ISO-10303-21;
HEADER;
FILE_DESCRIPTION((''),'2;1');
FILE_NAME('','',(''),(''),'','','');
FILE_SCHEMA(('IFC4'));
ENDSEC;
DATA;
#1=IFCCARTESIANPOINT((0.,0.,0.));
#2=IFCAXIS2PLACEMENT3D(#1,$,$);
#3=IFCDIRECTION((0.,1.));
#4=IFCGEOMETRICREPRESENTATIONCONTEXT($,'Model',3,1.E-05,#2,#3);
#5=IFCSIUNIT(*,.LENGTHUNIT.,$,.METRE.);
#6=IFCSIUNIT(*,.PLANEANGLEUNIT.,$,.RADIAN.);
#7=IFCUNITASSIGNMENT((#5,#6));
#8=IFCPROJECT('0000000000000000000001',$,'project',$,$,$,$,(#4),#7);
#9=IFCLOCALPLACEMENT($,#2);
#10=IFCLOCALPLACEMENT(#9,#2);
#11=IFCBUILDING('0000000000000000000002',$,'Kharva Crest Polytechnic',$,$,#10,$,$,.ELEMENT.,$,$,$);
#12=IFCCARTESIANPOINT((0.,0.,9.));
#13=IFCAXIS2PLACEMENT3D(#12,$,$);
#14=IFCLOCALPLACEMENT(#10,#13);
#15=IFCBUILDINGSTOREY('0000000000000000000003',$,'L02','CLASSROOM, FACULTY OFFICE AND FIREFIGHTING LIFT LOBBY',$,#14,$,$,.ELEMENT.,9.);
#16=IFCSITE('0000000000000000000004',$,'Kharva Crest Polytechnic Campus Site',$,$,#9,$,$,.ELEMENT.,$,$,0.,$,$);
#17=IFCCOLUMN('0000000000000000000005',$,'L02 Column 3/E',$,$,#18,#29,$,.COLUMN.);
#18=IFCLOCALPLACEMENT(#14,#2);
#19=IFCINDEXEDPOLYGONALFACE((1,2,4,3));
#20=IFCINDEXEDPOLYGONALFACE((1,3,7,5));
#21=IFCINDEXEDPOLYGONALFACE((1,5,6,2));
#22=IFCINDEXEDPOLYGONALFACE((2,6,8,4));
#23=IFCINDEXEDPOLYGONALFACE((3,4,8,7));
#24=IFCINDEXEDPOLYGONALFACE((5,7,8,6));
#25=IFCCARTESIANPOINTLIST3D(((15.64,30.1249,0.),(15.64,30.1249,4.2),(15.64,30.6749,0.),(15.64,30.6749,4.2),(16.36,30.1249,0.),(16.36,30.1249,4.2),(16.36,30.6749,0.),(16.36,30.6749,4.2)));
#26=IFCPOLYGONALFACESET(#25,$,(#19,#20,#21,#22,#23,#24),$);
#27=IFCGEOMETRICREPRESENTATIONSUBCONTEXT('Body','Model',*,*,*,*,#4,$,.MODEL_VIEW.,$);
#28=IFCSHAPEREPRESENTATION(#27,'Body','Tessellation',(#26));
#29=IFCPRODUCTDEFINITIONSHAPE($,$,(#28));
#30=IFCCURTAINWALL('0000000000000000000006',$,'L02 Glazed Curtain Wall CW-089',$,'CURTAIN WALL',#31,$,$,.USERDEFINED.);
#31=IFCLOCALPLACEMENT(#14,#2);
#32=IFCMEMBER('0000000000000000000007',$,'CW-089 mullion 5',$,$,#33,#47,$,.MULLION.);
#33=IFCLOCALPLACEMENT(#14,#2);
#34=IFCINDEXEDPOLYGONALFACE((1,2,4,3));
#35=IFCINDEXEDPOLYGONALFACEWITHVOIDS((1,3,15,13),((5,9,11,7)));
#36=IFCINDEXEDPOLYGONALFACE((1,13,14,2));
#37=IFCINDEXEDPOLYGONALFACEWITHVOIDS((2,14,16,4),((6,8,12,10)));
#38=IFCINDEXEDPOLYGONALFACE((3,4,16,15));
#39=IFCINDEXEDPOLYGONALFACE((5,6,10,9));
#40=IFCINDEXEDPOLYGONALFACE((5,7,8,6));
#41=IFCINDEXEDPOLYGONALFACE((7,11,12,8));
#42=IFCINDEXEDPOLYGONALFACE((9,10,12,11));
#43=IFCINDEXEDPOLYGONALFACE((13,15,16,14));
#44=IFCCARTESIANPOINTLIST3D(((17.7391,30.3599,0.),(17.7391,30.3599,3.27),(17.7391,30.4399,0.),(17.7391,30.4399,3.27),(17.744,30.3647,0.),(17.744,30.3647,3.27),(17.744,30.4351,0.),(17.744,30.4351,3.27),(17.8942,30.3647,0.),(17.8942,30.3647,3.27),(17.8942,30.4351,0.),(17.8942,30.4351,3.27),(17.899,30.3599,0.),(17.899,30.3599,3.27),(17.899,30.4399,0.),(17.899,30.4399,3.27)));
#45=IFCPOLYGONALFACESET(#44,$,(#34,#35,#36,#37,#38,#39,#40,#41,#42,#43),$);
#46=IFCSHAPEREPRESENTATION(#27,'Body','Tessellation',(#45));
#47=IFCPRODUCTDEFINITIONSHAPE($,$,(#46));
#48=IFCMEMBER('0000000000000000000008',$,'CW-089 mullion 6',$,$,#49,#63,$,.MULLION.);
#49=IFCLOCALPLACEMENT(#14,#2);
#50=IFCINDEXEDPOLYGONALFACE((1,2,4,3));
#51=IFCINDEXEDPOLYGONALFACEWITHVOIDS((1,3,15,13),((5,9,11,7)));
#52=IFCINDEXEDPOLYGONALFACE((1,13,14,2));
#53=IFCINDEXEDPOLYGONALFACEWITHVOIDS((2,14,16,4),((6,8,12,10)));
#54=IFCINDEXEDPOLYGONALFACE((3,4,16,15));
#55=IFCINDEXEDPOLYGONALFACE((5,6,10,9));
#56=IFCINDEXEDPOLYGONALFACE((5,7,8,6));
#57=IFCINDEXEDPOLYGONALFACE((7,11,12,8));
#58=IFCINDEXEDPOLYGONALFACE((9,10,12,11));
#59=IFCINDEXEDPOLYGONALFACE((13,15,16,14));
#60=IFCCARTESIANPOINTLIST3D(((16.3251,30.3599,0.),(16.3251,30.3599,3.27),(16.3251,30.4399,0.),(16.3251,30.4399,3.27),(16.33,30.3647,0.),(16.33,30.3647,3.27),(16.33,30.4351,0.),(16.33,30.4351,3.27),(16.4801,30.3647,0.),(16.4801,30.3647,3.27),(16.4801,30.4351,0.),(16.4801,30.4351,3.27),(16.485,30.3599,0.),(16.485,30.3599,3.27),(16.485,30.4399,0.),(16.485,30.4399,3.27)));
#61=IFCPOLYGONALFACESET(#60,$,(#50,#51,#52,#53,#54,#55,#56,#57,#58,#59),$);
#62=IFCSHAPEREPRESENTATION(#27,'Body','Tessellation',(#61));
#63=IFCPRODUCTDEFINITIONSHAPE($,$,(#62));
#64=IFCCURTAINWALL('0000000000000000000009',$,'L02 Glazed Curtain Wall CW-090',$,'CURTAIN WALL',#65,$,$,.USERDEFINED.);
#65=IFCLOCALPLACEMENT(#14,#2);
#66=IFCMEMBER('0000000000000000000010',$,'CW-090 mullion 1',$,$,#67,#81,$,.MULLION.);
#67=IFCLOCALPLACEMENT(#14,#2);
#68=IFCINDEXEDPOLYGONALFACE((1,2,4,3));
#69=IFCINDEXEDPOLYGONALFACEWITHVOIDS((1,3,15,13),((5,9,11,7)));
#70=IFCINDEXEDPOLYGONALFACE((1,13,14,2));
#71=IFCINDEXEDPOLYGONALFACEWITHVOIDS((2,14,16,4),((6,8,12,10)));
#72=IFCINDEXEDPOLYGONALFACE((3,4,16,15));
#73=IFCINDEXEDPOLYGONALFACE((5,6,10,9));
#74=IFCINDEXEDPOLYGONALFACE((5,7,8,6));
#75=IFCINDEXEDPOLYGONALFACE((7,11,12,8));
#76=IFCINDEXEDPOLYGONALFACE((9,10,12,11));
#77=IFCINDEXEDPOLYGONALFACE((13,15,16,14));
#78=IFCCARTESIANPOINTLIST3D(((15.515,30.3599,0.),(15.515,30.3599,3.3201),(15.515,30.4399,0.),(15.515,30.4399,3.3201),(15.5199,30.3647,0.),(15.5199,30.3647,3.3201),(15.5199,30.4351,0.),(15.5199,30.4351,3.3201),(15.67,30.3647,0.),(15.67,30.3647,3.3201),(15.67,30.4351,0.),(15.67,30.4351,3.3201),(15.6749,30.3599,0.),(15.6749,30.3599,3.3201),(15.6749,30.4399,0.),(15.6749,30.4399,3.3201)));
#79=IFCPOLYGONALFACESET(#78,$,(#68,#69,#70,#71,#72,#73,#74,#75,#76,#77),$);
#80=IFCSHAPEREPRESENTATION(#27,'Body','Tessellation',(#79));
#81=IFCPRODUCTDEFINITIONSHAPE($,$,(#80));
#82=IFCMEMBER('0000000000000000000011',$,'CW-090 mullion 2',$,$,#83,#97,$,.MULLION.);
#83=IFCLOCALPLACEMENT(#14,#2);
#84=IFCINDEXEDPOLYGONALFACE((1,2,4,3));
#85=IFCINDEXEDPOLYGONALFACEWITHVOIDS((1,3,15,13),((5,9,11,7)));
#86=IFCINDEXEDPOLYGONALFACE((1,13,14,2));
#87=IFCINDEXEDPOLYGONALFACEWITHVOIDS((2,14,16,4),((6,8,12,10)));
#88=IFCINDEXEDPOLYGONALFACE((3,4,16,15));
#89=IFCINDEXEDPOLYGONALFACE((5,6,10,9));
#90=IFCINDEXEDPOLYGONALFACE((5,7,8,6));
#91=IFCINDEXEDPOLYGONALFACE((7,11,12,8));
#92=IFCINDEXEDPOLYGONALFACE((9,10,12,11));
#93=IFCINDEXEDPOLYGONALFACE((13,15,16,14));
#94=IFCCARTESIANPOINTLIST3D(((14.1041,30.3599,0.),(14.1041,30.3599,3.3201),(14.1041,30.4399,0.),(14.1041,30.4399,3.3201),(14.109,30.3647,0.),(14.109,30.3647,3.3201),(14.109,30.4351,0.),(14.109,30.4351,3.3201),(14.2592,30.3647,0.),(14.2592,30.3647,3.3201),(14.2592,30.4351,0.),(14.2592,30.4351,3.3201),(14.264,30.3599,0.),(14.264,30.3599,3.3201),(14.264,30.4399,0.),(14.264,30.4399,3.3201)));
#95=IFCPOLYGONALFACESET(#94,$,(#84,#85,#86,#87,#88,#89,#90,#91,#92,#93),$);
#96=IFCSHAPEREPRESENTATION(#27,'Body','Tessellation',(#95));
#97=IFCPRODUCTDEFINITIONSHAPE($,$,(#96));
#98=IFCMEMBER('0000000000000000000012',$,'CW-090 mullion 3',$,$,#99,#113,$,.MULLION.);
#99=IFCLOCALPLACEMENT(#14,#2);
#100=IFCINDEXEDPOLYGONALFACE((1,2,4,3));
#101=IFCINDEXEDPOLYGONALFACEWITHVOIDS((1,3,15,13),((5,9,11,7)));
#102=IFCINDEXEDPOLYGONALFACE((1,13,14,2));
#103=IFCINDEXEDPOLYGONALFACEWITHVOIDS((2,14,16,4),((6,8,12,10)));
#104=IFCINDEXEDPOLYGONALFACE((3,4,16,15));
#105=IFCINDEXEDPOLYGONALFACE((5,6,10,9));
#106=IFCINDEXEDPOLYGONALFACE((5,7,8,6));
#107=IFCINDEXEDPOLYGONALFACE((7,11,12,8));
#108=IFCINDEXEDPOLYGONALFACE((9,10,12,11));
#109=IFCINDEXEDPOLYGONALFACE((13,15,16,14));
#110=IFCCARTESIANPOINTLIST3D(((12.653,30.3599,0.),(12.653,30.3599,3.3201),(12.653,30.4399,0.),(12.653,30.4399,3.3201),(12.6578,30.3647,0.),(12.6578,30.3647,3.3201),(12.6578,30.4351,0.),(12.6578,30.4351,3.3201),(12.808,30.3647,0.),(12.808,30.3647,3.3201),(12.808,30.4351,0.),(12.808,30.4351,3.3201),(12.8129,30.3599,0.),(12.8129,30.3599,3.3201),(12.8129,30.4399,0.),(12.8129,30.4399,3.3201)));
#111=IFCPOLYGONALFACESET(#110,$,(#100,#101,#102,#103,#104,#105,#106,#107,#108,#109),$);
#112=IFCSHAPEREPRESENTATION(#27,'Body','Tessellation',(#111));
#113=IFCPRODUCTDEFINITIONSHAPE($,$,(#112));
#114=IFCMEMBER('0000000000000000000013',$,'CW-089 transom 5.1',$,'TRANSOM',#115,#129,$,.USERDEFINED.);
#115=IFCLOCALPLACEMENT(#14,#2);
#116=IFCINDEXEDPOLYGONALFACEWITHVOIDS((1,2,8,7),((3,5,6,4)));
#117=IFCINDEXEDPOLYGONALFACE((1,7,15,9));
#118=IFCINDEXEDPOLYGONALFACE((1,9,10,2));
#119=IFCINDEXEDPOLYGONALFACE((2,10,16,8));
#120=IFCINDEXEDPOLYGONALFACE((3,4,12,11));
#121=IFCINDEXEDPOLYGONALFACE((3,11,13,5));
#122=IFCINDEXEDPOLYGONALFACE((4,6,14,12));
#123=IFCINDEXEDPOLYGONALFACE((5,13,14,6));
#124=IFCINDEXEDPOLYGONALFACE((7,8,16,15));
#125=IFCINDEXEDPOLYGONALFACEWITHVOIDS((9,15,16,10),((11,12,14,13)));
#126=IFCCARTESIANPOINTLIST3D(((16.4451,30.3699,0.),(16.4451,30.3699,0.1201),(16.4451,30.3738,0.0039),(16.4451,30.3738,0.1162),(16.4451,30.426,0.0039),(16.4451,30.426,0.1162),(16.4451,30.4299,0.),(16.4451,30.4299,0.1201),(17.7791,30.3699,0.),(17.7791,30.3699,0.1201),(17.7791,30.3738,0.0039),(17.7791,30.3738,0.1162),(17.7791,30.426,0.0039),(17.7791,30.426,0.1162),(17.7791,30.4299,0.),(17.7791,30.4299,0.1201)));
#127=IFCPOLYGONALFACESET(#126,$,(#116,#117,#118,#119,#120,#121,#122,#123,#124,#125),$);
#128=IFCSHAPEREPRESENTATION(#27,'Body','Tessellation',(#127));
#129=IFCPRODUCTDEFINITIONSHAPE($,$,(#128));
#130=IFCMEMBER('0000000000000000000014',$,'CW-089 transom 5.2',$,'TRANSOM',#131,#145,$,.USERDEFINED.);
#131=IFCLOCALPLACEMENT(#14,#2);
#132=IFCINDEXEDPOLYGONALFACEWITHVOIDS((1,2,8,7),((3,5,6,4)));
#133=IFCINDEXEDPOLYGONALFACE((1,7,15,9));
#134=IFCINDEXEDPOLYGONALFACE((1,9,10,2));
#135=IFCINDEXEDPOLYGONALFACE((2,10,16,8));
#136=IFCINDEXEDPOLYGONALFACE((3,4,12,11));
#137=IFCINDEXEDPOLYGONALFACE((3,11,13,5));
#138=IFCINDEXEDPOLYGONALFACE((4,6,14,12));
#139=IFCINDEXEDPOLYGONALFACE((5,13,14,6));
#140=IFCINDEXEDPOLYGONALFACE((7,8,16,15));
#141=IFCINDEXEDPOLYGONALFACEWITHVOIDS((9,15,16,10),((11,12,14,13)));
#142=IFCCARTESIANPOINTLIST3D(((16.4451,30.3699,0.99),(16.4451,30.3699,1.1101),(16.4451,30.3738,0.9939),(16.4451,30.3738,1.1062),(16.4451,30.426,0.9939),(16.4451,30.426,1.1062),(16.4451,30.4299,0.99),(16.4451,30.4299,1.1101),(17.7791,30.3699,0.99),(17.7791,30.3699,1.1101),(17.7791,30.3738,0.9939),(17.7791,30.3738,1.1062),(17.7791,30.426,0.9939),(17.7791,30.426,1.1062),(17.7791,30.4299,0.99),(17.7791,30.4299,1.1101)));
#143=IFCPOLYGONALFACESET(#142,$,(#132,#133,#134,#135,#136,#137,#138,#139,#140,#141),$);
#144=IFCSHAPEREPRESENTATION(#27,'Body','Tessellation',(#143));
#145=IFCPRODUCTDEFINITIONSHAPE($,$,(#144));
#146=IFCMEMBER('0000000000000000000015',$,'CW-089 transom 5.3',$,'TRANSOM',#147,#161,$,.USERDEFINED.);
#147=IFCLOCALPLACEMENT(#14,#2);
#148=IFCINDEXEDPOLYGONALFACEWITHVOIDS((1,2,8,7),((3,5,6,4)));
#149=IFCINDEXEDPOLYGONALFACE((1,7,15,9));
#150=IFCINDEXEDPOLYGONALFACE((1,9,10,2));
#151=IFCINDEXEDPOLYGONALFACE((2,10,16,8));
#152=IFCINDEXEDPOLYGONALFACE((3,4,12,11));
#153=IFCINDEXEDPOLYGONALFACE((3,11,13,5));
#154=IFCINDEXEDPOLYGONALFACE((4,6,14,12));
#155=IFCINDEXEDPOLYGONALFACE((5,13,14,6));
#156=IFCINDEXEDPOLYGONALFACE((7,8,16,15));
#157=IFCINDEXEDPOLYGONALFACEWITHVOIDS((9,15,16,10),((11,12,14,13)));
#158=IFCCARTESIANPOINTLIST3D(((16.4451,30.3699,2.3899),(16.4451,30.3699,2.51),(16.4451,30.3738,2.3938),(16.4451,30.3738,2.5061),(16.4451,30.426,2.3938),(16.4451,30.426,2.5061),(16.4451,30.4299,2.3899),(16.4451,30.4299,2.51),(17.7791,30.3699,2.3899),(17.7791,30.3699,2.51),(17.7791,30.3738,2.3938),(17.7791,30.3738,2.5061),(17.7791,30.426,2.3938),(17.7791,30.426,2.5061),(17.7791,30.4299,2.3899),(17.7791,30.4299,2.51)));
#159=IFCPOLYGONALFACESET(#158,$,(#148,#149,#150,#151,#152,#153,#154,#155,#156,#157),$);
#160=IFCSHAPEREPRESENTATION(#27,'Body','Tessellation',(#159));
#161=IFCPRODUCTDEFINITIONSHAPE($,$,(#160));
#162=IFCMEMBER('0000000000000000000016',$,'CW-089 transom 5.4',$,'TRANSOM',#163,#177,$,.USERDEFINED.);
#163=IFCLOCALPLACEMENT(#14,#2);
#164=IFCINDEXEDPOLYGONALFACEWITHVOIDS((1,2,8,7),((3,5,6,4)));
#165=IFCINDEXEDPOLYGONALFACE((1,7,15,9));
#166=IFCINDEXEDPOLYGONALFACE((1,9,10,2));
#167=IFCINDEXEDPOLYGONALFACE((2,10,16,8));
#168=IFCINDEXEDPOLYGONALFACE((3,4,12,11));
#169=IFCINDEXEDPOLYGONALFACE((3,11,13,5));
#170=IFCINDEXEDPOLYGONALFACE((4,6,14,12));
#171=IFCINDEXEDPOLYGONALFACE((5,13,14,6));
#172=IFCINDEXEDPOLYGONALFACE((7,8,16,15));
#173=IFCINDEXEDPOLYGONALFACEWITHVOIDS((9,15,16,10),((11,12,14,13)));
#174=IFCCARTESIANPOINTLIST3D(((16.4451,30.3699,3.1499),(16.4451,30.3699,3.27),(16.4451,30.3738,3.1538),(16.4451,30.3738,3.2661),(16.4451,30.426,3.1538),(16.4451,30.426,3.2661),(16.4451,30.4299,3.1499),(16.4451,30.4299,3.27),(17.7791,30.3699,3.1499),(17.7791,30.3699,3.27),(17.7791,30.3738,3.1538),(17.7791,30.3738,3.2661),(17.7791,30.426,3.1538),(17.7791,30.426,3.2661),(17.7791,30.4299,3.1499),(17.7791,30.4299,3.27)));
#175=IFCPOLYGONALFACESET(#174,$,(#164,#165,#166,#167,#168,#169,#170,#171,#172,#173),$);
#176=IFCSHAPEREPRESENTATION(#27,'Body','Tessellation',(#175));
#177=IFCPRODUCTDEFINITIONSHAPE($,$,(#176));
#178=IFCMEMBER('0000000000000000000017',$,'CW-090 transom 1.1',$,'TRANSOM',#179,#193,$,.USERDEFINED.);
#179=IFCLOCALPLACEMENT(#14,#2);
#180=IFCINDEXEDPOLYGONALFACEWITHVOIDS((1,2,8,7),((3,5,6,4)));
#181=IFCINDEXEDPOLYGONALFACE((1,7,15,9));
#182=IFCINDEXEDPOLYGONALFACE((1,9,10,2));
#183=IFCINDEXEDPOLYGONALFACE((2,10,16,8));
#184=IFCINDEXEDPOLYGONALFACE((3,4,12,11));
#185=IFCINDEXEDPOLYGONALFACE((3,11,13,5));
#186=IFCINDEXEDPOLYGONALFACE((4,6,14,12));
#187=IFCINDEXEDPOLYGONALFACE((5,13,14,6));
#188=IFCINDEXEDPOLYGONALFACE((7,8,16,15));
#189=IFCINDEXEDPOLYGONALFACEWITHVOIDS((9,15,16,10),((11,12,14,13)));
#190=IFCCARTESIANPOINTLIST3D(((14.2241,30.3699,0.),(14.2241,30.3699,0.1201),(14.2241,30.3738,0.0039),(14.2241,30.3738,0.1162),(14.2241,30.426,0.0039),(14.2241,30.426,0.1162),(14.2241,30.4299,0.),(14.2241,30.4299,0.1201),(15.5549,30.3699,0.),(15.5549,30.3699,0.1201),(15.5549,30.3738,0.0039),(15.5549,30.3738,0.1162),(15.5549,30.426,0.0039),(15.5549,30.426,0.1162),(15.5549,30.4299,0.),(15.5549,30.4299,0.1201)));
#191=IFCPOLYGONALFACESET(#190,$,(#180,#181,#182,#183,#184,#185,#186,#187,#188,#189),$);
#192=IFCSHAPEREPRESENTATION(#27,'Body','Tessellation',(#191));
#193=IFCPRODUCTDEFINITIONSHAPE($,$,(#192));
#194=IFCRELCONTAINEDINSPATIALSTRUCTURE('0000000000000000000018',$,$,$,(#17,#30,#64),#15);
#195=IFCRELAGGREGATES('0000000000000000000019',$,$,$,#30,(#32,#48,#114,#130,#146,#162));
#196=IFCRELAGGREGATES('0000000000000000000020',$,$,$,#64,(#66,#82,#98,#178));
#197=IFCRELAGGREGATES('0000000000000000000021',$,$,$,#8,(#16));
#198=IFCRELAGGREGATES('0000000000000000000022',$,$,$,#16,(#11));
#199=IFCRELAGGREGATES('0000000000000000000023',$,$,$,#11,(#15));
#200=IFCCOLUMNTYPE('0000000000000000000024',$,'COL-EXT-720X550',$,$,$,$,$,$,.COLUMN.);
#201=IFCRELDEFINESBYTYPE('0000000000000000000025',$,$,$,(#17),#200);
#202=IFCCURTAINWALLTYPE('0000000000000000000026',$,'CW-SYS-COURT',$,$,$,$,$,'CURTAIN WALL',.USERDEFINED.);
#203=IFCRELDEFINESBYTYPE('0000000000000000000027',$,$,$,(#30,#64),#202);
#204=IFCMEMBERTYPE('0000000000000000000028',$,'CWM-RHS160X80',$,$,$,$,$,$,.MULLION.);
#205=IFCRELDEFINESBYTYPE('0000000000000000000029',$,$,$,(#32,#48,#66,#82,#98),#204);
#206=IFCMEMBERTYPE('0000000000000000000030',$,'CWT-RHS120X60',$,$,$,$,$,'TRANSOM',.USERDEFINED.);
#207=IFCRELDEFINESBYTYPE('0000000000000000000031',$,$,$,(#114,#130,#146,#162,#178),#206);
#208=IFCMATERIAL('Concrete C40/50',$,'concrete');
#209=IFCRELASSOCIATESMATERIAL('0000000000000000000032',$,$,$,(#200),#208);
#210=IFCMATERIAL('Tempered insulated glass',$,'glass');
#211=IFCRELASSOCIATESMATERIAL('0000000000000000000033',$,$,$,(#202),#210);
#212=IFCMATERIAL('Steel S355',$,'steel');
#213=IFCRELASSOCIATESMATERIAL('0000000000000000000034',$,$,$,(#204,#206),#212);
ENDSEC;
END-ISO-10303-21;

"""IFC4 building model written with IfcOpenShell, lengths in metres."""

from ifc_helpers import new_model, si_unit, direction, frame, origin, origin_2d, place, context, subcontext, project, spatial, rectangle, hollow_rectangle, extrude, material, material_profile, profile_set, type_object, element, aggregate, save


model = new_model("IFC4")

# Units and contexts
model_context = context("Model", 3, precision=1e-05, world=origin(), true_north=direction((0.0, 1.0)))
body_context = subcontext(model_context, "Body", "Model", "MODEL_VIEW")
ifc_project = project(units=[si_unit("LENGTHUNIT", "METRE"), si_unit("PLANEANGLEUNIT", "RADIAN")], contexts=[model_context])

# Site, building, storey
site_placement = place(None, origin())
site = spatial("IfcSite", under=ifc_project, at=site_placement, Name="Kharva Crest Polytechnic Campus Site", CompositionType="ELEMENT", RefElevation=0.0)
building_placement = place(site_placement, origin())
building = spatial("IfcBuilding", under=site, at=building_placement, Name="Kharva Crest Polytechnic", CompositionType="ELEMENT")
storey_placement = place(building_placement, frame((0.0, 0.0, 9.0)))
storey = spatial("IfcBuildingStorey", under=building, at=storey_placement, Name="L02", Description="CLASSROOM, FACULTY OFFICE AND FIREFIGHTING LIFT LOBBY", CompositionType="ELEMENT", Elevation=9.0)

# Column
ifc_material_1 = material(Name="Concrete C40/50", Category="concrete")
ifc_material_profile_1 = material_profile(ifc_material_1, rectangle(XDim=0.72, YDim=0.55, at=origin_2d()), Name="RECT 720 X 550")
ifc_profile_set_1 = profile_set([ifc_material_profile_1], Name="Concrete C40/50")
column_type = type_object("IfcColumnType", Name="COL-EXT-720X550", PredefinedType="COLUMN", material=ifc_profile_set_1)
column_placement = place(storey_placement, frame((16.0, 30.3999, 0.0), z_axis=(0.0, 0.0, 1.0), x_axis=(1.0, 0.0, 0.0)))
element("IfcColumn", 1, at=column_placement, inside=storey, type_object=column_type, Name="L02 Column 3/E", PredefinedType="COLUMN", context=body_context, shape_type="SweptSolid", body=[
    extrude(rectangle(XDim=0.72, YDim=0.55, at=origin_2d()), origin(), (0.0, 0.0, 1.0), 4.2),
])

# Curtain walls, members
ifc_material_2 = material(Name="Tempered insulated glass", Category="glass")
curtain_wall_type = type_object("IfcCurtainWallType", Name="CW-SYS-COURT", ElementType="CURTAIN WALL", PredefinedType="USERDEFINED", material=ifc_material_2)
curtain_wall_1_placement = place(storey_placement, origin())
curtain_wall_1 = element("IfcCurtainWall", 2, at=curtain_wall_1_placement, inside=storey, type_object=curtain_wall_type, Name="L02 Glazed Curtain Wall CW-089", ObjectType="CURTAIN WALL", PredefinedType="USERDEFINED")
ifc_material_3 = material(Name="Steel S355", Category="steel")
ifc_material_profile_2 = material_profile(ifc_material_3, hollow_rectangle(XDim=0.0801, YDim=0.1599, WallThickness=0.0049, at=origin_2d()), Name="RHS 160X80X5.0")
ifc_profile_set_2 = profile_set([ifc_material_profile_2], Name="Steel S355")
member_type_1 = type_object("IfcMemberType", Name="CWM-RHS160X80", PredefinedType="MULLION", material=ifc_profile_set_2)
member_1_placement = place(storey_placement, frame((17.8191, 30.3999, 0.0), z_axis=(0.0, 0.0, 1.0), x_axis=(0.0, -1.0, 0.0)))
member_1 = element("IfcMember", 3, at=member_1_placement, type_object=member_type_1, Name="CW-089 mullion 5", PredefinedType="MULLION", context=body_context, shape_type="SweptSolid", body=[
    extrude(hollow_rectangle(XDim=0.0801, YDim=0.1599, WallThickness=0.0049, at=origin_2d()), origin(), (0.0, 0.0, 1.0), 3.27),
])
member_2_placement = place(storey_placement, frame((16.405, 30.3999, 0.0), z_axis=(0.0, 0.0, 1.0), x_axis=(0.0, -1.0, 0.0)))
member_2 = element("IfcMember", 4, at=member_2_placement, type_object=member_type_1, Name="CW-089 mullion 6", PredefinedType="MULLION", context=body_context, shape_type="SweptSolid", body=[
    extrude(hollow_rectangle(XDim=0.0801, YDim=0.1599, WallThickness=0.0049, at=origin_2d()), origin(), (0.0, 0.0, 1.0), 3.27),
])
curtain_wall_2_placement = place(storey_placement, origin())
curtain_wall_2 = element("IfcCurtainWall", 5, at=curtain_wall_2_placement, inside=storey, type_object=curtain_wall_type, Name="L02 Glazed Curtain Wall CW-090", ObjectType="CURTAIN WALL", PredefinedType="USERDEFINED")
member_3_placement = place(storey_placement, frame((15.595, 30.3999, 0.0), z_axis=(0.0, 0.0, 1.0), x_axis=(0.0, -1.0, 0.0)))
member_3 = element("IfcMember", 6, at=member_3_placement, type_object=member_type_1, Name="CW-090 mullion 1", PredefinedType="MULLION", context=body_context, shape_type="SweptSolid", body=[
    extrude(hollow_rectangle(XDim=0.0801, YDim=0.1599, WallThickness=0.0049, at=origin_2d()), origin(), (0.0, 0.0, 1.0), 3.3201),
])
member_4_placement = place(storey_placement, frame((14.1841, 30.3999, 0.0), z_axis=(0.0, 0.0, 1.0), x_axis=(0.0, -1.0, 0.0)))
member_4 = element("IfcMember", 7, at=member_4_placement, type_object=member_type_1, Name="CW-090 mullion 2", PredefinedType="MULLION", context=body_context, shape_type="SweptSolid", body=[
    extrude(hollow_rectangle(XDim=0.0801, YDim=0.1599, WallThickness=0.0049, at=origin_2d()), origin(), (0.0, 0.0, 1.0), 3.3201),
])
member_5_placement = place(storey_placement, frame((12.7329, 30.3999, 0.0), z_axis=(0.0, 0.0, 1.0), x_axis=(0.0, -1.0, 0.0)))
member_5 = element("IfcMember", 8, at=member_5_placement, type_object=member_type_1, Name="CW-090 mullion 3", PredefinedType="MULLION", context=body_context, shape_type="SweptSolid", body=[
    extrude(hollow_rectangle(XDim=0.0801, YDim=0.1599, WallThickness=0.0049, at=origin_2d()), origin(), (0.0, 0.0, 1.0), 3.3201),
])

# Members
ifc_material_profile_3 = material_profile(ifc_material_3, hollow_rectangle(XDim=0.0601, YDim=0.1201, WallThickness=0.0039, at=origin_2d()), Name="RHS 120X60X4.0")
ifc_profile_set_3 = profile_set([ifc_material_profile_3], Name="Steel S355")
member_type_2 = type_object("IfcMemberType", Name="CWT-RHS120X60", ElementType="TRANSOM", PredefinedType="USERDEFINED", material=ifc_profile_set_3)
member_6_placement = place(storey_placement, frame((17.7791, 30.3999, 0.0601), z_axis=(-1.0, 0.0, 0.0), x_axis=(0.0, -1.0, 0.0)))
member_6 = element("IfcMember", 9, at=member_6_placement, type_object=member_type_2, Name="CW-089 transom 5.1", ObjectType="TRANSOM", PredefinedType="USERDEFINED", context=body_context, shape_type="SweptSolid", body=[
    extrude(hollow_rectangle(XDim=0.0601, YDim=0.1201, WallThickness=0.0039, at=origin_2d()), origin(), (0.0, 0.0, 1.0), 1.334),
])
member_7_placement = place(storey_placement, frame((17.7791, 30.3999, 1.05), z_axis=(-1.0, 0.0, 0.0), x_axis=(0.0, -1.0, 0.0)))
member_7 = element("IfcMember", 10, at=member_7_placement, type_object=member_type_2, Name="CW-089 transom 5.2", ObjectType="TRANSOM", PredefinedType="USERDEFINED", context=body_context, shape_type="SweptSolid", body=[
    extrude(hollow_rectangle(XDim=0.0601, YDim=0.1201, WallThickness=0.0039, at=origin_2d()), origin(), (0.0, 0.0, 1.0), 1.334),
])
member_8_placement = place(storey_placement, frame((17.7791, 30.3999, 2.45), z_axis=(-1.0, 0.0, 0.0), x_axis=(0.0, -1.0, 0.0)))
member_8 = element("IfcMember", 11, at=member_8_placement, type_object=member_type_2, Name="CW-089 transom 5.3", ObjectType="TRANSOM", PredefinedType="USERDEFINED", context=body_context, shape_type="SweptSolid", body=[
    extrude(hollow_rectangle(XDim=0.0601, YDim=0.1201, WallThickness=0.0039, at=origin_2d()), origin(), (0.0, 0.0, 1.0), 1.334),
])
member_9_placement = place(storey_placement, frame((17.7791, 30.3999, 3.21), z_axis=(-1.0, 0.0, 0.0), x_axis=(0.0, -1.0, 0.0)))
member_9 = element("IfcMember", 12, at=member_9_placement, type_object=member_type_2, Name="CW-089 transom 5.4", ObjectType="TRANSOM", PredefinedType="USERDEFINED", context=body_context, shape_type="SweptSolid", body=[
    extrude(hollow_rectangle(XDim=0.0601, YDim=0.1201, WallThickness=0.0039, at=origin_2d()), origin(), (0.0, 0.0, 1.0), 1.334),
])
member_10_placement = place(storey_placement, frame((15.5549, 30.3999, 0.0601), z_axis=(-1.0, 0.0, 0.0), x_axis=(0.0, -1.0, 0.0)))
member_10 = element("IfcMember", 13, at=member_10_placement, type_object=member_type_2, Name="CW-090 transom 1.1", ObjectType="TRANSOM", PredefinedType="USERDEFINED", context=body_context, shape_type="SweptSolid", body=[
    extrude(hollow_rectangle(XDim=0.0601, YDim=0.1201, WallThickness=0.0039, at=origin_2d()), origin(), (0.0, 0.0, 1.0), 1.3308),
])

aggregate(curtain_wall_1, [member_1, member_2, member_6, member_7, member_8, member_9])
aggregate(curtain_wall_2, [member_3, member_4, member_5, member_10])

save(model, "model.ifc")
